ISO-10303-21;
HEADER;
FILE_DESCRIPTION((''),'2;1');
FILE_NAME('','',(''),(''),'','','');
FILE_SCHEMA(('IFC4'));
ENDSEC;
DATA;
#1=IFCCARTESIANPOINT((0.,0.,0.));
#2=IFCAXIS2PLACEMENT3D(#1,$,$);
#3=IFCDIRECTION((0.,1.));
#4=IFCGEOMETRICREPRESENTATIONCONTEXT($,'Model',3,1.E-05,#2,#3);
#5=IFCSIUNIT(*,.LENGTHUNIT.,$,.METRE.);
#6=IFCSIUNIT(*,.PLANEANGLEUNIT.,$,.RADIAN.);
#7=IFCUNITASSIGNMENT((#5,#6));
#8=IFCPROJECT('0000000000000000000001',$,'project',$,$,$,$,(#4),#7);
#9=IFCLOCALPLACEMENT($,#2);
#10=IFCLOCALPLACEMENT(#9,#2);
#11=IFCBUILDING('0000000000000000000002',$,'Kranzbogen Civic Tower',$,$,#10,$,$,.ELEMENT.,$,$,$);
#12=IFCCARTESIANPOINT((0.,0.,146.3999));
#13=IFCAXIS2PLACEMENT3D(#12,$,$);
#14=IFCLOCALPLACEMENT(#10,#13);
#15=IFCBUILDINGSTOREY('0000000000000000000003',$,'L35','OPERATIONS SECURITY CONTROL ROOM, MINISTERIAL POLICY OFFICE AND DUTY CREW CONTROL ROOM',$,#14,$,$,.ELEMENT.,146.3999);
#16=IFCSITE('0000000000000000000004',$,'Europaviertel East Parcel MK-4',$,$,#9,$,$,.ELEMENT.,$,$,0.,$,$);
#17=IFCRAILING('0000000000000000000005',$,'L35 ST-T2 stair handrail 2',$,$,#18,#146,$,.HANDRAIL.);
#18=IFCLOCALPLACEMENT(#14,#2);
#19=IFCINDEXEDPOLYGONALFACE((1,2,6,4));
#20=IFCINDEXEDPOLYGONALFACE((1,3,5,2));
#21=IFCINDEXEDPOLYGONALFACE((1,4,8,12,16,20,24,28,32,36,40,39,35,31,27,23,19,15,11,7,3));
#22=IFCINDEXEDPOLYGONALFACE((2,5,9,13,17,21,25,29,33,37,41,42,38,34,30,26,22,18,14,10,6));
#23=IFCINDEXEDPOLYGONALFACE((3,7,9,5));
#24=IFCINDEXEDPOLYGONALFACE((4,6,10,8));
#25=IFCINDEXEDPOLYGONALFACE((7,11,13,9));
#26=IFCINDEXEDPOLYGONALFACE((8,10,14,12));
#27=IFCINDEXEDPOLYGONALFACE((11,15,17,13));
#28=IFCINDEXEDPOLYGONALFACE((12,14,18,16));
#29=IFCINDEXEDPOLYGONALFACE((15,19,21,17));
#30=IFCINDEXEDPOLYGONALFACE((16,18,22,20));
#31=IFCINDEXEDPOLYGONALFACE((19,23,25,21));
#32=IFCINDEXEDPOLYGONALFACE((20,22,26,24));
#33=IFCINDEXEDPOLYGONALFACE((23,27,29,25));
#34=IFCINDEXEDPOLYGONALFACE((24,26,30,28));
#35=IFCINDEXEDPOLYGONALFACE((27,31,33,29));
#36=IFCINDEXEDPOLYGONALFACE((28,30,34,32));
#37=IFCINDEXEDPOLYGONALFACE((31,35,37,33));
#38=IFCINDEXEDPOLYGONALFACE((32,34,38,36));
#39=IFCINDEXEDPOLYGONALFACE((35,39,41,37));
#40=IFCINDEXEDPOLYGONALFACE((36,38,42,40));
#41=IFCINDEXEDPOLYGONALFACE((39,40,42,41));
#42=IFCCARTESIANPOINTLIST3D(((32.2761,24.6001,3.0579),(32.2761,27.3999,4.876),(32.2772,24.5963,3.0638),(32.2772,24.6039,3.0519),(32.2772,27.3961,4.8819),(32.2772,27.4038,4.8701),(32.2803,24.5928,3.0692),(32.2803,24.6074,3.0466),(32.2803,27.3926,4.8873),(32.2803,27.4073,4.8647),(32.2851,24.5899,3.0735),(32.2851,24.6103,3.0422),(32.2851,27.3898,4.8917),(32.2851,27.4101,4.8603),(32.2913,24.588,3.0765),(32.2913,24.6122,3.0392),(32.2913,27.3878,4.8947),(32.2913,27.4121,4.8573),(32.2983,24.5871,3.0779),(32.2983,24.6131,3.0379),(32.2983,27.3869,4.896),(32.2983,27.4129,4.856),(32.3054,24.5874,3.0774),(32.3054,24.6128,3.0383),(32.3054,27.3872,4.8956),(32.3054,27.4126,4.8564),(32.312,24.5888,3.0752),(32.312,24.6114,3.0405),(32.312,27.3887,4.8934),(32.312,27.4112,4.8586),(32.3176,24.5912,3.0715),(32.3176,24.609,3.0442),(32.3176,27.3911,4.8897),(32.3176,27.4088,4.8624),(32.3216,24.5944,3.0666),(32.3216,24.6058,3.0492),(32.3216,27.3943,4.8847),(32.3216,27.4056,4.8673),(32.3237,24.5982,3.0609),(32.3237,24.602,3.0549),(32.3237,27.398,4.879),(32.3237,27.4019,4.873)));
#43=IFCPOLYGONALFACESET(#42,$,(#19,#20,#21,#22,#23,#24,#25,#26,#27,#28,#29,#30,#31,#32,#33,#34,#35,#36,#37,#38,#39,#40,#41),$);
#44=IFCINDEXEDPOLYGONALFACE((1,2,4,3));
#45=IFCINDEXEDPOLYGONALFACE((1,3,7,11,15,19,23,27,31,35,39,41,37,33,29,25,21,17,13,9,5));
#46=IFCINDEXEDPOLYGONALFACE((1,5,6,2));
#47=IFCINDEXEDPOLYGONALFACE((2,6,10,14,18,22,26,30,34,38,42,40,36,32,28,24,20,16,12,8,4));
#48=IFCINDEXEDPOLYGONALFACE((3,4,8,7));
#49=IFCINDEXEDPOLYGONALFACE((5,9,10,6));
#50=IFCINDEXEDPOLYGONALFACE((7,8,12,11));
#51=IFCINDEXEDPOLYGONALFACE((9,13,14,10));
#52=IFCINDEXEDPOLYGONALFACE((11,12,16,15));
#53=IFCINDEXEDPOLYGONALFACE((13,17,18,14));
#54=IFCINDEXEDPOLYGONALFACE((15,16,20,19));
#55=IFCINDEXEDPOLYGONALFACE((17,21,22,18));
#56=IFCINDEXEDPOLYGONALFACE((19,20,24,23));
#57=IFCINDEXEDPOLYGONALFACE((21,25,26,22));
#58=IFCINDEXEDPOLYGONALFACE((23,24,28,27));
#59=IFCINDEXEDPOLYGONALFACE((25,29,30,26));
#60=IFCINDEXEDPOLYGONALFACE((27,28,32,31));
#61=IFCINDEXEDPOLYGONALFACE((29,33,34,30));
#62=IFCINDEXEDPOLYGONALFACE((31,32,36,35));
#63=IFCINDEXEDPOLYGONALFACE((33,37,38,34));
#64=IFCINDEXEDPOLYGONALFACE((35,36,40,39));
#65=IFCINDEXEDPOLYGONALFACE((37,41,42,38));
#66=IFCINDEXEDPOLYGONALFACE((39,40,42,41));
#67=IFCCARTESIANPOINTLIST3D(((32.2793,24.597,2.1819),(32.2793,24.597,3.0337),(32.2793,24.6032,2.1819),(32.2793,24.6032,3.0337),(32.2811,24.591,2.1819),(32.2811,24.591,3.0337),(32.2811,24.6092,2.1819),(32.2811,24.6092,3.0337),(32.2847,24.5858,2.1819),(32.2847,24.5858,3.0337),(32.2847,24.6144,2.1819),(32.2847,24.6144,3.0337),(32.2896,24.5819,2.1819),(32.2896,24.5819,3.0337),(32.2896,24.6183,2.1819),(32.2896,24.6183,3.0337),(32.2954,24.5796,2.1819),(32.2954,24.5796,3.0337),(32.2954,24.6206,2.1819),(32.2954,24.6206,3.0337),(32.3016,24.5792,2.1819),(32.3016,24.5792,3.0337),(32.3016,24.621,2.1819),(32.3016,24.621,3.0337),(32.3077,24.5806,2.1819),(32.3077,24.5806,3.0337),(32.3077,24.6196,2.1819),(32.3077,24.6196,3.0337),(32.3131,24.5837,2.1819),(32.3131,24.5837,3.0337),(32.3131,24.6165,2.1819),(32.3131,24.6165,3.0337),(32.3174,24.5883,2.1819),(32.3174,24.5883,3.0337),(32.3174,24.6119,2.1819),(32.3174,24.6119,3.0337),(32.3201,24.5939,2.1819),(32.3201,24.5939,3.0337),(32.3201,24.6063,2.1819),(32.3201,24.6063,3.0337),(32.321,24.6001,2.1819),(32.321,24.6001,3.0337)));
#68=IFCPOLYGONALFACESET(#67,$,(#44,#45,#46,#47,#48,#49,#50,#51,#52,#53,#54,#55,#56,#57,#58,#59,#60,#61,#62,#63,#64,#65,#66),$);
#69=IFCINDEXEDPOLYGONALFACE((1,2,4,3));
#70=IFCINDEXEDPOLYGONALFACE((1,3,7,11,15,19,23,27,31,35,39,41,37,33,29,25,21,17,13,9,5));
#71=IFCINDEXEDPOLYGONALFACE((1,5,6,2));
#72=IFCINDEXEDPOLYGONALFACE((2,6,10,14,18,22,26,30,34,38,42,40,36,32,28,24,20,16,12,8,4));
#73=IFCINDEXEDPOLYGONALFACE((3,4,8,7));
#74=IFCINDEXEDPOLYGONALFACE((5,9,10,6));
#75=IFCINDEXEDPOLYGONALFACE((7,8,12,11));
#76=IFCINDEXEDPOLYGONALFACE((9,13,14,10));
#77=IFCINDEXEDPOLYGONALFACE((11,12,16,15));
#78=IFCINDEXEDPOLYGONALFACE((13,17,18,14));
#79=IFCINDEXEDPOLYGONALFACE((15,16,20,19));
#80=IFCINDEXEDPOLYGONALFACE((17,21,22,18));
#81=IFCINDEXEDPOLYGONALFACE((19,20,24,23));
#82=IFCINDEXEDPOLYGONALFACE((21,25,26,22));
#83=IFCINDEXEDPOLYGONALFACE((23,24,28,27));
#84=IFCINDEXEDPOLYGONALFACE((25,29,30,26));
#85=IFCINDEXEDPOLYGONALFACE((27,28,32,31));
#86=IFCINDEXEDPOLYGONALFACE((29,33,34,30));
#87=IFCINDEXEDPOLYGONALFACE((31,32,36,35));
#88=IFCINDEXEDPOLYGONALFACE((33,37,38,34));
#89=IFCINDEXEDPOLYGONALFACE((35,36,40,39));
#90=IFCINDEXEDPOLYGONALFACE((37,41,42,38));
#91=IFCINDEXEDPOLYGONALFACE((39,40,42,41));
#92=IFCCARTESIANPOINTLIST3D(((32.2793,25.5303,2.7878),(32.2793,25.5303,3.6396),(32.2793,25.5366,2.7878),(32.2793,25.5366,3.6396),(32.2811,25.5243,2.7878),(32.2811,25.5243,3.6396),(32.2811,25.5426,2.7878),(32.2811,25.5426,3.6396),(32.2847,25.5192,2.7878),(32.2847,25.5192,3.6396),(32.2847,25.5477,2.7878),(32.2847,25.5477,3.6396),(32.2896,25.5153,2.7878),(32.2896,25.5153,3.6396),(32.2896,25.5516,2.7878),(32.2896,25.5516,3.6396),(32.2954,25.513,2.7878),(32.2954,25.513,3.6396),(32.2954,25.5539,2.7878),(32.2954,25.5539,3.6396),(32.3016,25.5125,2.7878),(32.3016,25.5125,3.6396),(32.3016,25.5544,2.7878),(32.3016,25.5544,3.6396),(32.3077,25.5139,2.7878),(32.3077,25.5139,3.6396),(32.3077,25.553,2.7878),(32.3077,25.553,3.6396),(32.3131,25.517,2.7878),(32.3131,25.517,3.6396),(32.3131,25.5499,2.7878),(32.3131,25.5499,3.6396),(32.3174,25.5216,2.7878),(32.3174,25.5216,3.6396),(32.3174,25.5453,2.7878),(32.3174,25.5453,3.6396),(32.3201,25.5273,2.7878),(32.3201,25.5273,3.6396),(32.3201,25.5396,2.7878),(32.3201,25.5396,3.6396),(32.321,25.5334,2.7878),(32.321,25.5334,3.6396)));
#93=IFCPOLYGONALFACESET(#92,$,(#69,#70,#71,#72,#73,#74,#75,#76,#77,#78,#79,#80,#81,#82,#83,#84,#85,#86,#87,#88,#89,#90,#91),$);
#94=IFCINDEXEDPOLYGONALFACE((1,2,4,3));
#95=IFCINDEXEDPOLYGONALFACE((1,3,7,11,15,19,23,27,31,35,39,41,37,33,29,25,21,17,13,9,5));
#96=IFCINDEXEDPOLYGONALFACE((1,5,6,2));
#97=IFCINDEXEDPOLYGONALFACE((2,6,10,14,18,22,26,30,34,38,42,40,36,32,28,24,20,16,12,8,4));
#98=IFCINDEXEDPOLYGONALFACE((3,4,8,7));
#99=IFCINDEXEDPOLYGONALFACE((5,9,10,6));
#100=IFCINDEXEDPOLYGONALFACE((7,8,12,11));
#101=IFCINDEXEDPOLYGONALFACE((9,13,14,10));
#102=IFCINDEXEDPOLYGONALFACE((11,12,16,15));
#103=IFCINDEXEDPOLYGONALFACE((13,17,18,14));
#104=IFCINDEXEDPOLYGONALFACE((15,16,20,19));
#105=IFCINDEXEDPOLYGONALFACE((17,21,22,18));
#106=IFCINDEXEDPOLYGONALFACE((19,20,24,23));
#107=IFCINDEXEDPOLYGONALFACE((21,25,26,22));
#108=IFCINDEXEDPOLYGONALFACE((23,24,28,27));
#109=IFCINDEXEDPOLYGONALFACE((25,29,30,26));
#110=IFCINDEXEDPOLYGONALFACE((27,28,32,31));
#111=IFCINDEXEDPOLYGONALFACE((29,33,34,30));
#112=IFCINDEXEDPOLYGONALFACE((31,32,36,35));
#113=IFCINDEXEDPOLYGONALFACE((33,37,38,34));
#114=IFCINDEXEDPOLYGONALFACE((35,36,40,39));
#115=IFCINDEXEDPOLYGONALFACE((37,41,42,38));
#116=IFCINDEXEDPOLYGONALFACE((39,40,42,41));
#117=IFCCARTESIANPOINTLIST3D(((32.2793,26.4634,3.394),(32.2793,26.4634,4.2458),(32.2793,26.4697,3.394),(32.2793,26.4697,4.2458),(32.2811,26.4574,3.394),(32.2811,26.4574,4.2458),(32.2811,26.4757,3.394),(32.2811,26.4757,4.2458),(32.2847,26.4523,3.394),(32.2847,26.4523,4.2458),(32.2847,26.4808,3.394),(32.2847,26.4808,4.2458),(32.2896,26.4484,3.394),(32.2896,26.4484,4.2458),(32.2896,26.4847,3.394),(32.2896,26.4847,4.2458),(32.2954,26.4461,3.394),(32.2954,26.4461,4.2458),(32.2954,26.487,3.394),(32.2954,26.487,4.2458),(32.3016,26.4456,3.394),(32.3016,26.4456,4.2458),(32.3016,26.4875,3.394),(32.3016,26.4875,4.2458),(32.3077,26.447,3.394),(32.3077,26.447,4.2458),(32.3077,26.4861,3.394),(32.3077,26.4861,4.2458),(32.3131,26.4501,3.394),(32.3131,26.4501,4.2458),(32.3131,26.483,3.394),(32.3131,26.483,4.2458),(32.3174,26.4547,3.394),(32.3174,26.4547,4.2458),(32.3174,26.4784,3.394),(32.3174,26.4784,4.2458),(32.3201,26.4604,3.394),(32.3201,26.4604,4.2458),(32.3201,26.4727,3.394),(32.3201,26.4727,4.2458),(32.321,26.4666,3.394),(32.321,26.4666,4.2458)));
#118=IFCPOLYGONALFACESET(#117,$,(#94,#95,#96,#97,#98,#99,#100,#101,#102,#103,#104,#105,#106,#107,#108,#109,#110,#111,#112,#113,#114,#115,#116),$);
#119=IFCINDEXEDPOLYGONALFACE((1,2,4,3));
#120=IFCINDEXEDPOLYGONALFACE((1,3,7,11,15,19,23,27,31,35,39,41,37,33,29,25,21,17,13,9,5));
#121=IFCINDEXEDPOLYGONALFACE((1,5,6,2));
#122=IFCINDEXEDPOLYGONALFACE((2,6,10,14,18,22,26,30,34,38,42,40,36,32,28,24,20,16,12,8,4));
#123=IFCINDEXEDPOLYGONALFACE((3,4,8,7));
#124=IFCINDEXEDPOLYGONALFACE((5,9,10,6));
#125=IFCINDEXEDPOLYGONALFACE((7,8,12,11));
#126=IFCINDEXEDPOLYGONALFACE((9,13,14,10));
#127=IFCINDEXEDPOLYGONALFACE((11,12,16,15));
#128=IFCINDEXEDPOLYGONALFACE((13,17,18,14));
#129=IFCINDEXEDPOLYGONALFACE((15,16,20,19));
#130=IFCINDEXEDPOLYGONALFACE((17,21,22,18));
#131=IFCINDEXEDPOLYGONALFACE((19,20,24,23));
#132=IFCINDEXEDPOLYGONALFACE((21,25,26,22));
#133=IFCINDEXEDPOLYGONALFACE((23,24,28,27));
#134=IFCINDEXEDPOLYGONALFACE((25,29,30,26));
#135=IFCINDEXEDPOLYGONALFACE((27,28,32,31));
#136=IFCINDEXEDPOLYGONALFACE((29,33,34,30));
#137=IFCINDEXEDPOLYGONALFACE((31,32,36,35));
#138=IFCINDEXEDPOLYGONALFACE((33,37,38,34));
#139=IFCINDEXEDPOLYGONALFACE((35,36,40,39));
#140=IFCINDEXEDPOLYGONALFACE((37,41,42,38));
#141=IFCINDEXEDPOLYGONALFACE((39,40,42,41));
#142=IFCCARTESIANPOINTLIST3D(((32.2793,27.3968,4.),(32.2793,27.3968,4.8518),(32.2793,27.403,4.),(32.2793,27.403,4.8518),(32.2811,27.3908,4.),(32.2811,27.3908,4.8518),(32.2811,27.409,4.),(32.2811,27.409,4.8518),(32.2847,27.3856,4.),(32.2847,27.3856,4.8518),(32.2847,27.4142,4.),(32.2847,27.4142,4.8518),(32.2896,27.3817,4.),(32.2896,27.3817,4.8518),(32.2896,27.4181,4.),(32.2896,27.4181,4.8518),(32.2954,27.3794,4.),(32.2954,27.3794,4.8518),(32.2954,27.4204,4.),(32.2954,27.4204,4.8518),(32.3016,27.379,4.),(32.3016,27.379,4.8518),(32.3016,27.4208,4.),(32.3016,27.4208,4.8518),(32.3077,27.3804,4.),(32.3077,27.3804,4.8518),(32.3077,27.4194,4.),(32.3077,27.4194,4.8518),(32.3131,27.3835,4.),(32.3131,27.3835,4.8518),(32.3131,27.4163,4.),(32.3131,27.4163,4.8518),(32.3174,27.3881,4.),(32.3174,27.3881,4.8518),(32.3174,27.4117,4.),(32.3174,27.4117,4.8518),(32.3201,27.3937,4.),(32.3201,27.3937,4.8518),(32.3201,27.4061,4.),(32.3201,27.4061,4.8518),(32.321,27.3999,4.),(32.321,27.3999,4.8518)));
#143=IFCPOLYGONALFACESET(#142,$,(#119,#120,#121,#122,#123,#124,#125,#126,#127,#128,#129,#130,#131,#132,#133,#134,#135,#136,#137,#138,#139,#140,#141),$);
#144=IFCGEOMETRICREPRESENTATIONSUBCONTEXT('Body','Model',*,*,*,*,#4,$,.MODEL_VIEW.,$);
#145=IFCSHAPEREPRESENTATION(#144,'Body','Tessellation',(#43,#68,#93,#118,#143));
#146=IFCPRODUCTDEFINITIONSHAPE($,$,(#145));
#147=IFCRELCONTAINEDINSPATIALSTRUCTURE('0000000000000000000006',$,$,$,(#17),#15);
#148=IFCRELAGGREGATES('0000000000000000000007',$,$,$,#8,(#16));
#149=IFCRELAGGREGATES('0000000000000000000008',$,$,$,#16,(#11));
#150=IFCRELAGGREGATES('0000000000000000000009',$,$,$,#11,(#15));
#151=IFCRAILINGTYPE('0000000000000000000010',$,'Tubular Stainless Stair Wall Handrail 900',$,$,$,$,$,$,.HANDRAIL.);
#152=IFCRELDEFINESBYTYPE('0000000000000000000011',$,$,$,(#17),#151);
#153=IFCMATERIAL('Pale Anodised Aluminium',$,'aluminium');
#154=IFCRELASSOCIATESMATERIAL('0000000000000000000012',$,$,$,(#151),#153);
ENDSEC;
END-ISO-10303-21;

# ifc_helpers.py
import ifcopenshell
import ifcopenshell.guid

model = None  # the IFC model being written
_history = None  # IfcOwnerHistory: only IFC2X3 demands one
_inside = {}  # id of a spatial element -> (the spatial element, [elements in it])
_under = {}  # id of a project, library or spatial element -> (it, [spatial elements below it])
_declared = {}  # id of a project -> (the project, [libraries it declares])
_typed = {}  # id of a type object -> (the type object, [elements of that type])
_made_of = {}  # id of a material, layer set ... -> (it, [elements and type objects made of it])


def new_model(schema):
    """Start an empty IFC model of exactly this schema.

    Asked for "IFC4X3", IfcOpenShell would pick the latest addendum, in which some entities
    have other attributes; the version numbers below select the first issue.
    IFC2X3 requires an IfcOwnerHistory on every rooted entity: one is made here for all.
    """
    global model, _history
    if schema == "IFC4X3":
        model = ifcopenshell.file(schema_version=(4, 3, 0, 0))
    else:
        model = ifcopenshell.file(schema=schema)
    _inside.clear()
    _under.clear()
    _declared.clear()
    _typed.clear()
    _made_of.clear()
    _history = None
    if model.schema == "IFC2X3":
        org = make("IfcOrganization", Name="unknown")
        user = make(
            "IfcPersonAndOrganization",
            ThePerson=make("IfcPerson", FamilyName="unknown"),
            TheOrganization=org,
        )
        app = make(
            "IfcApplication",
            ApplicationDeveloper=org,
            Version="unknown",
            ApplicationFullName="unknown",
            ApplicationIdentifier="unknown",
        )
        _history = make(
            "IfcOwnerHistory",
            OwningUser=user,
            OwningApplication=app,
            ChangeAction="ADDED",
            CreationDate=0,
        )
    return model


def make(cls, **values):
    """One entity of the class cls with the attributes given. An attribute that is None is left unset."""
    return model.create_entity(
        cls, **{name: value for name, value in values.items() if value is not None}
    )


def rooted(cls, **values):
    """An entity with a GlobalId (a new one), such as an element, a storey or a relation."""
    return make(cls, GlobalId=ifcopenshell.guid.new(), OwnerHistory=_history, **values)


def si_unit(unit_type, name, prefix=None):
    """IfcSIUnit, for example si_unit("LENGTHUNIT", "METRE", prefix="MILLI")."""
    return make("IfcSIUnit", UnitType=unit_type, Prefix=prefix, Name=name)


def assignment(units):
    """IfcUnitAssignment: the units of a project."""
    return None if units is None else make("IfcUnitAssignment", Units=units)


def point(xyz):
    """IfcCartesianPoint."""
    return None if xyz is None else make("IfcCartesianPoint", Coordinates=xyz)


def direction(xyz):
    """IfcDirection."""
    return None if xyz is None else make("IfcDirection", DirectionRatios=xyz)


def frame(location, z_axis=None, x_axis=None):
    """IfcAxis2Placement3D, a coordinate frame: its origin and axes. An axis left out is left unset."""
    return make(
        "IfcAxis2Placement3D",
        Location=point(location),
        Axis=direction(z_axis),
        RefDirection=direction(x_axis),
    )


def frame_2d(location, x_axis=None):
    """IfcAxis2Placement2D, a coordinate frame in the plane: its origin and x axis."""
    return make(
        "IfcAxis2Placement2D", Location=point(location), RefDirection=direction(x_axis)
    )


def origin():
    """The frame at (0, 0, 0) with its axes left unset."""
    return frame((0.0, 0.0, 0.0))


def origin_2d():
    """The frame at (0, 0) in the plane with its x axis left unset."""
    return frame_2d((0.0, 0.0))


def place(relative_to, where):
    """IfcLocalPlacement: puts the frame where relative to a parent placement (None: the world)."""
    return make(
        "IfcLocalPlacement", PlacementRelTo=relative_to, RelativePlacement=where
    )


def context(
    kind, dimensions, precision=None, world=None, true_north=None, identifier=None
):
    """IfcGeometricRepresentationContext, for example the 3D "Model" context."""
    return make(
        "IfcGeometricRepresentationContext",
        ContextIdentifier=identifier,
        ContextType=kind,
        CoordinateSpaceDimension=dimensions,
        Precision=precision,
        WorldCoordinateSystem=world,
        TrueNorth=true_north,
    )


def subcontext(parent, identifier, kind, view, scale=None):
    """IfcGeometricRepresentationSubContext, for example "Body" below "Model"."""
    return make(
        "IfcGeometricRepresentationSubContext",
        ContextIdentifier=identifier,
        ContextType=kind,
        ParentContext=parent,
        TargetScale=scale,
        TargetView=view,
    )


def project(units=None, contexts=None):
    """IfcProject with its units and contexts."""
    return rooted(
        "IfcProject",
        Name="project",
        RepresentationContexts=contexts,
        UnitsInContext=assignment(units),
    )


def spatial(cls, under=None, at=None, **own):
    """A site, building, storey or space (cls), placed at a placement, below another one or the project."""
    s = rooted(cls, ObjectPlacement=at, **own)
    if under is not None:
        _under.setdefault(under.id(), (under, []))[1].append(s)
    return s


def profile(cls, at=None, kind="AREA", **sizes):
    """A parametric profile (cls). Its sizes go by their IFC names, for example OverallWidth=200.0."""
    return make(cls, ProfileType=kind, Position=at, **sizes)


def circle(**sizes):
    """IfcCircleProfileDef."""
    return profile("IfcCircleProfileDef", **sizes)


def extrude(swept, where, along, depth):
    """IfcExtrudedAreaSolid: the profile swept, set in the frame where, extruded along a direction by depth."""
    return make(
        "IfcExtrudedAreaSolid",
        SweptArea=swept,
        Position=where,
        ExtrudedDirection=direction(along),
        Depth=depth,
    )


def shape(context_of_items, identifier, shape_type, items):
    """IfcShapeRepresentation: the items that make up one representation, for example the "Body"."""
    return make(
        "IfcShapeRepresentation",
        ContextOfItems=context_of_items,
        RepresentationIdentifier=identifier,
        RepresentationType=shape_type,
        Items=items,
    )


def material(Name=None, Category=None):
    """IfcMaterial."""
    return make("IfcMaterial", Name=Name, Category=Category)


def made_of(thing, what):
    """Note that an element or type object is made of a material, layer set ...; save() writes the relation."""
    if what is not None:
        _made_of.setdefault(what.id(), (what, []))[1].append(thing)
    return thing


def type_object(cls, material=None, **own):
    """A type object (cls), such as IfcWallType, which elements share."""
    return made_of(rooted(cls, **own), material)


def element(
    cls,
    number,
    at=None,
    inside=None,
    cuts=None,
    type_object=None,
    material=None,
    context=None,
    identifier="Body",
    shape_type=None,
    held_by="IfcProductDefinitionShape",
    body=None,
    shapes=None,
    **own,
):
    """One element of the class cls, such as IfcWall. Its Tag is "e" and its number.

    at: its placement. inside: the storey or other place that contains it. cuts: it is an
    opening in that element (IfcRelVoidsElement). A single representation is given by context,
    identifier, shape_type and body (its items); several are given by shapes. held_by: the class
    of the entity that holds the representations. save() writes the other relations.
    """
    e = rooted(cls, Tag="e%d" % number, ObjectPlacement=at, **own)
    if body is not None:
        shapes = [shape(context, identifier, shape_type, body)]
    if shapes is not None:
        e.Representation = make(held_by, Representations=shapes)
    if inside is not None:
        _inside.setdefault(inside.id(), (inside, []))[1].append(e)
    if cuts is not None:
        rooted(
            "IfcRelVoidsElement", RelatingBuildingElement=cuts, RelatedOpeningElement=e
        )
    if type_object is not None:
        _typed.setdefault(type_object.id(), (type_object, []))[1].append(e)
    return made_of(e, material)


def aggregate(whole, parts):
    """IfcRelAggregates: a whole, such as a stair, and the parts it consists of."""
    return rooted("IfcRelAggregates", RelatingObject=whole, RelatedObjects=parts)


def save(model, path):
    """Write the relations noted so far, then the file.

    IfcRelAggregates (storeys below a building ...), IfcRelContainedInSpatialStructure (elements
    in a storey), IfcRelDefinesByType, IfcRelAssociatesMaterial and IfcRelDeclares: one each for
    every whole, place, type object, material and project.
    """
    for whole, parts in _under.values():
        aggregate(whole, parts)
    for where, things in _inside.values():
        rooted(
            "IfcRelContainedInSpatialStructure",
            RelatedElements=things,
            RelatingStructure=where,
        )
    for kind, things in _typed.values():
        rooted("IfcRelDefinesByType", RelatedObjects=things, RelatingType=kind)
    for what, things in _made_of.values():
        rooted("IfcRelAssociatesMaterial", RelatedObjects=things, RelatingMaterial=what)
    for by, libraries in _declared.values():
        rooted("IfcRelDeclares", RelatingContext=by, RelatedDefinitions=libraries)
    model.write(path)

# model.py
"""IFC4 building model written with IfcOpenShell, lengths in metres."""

from ifc_helpers import new_model, si_unit, direction, frame, origin, origin_2d, place, context, subcontext, project, spatial, circle, extrude, material, type_object, element, save


model = new_model("IFC4")

# Units and contexts
model_context = context("Model", 3, precision=1e-05, world=origin(), true_north=direction((0.0, 1.0)))
body_context = subcontext(model_context, "Body", "Model", "MODEL_VIEW")
ifc_project = project(units=[si_unit("LENGTHUNIT", "METRE"), si_unit("PLANEANGLEUNIT", "RADIAN")], contexts=[model_context])

# Site, building, storey
site_placement = place(None, origin())
site = spatial("IfcSite", under=ifc_project, at=site_placement, Name="Europaviertel East Parcel MK-4", CompositionType="ELEMENT", RefElevation=0.0)
building_placement = place(site_placement, origin())
building = spatial("IfcBuilding", under=site, at=building_placement, Name="Kranzbogen Civic Tower", CompositionType="ELEMENT")
storey_placement = place(building_placement, frame((0.0, 0.0, 146.3999)))
storey = spatial("IfcBuildingStorey", under=building, at=storey_placement, Name="L35", Description="OPERATIONS SECURITY CONTROL ROOM, MINISTERIAL POLICY OFFICE AND DUTY CREW CONTROL ROOM", CompositionType="ELEMENT", Elevation=146.3999)

# Shared definitions
ifc_material_1 = material(Name="Pale Anodised Aluminium", Category="aluminium")

# Railing
railing_type_1 = type_object("IfcRailingType", Name="Tubular Stainless Stair Wall Handrail 900", PredefinedType="HANDRAIL", material=ifc_material_1)
railing_1_placement = place(storey_placement, frame((32.3, 24.6001, 2.1819)))
element("IfcRailing", 1, at=railing_1_placement, inside=storey, type_object=railing_type_1, Name="L35 ST-T2 stair handrail 2", PredefinedType="HANDRAIL", context=body_context, shape_type="SweptSolid", body=[
    extrude(circle(Radius=0.0239, at=origin_2d()), frame((0.0, 0.0, 0.876), z_axis=(0.0, 0.838684, 0.544618), x_axis=(-1.0, 0.0, 0.0)), (0.0, 0.0, 1.0), 3.3384),
    extrude(circle(Radius=0.021, at=origin_2d()), origin(), (0.0, 0.0, 1.0), 0.8518),
    extrude(circle(Radius=0.021, at=origin_2d()), frame((0.0, 0.9333, 0.606)), (0.0, 0.0, 1.0), 0.8518),
    extrude(circle(Radius=0.021, at=origin_2d()), frame((0.0, 1.8665, 1.2122)), (0.0, 0.0, 1.0), 0.8518),
    extrude(circle(Radius=0.021, at=origin_2d()), frame((0.0, 2.7998, 1.8181)), (0.0, 0.0, 1.0), 0.8518),
])

save(model, "model.ifc")
